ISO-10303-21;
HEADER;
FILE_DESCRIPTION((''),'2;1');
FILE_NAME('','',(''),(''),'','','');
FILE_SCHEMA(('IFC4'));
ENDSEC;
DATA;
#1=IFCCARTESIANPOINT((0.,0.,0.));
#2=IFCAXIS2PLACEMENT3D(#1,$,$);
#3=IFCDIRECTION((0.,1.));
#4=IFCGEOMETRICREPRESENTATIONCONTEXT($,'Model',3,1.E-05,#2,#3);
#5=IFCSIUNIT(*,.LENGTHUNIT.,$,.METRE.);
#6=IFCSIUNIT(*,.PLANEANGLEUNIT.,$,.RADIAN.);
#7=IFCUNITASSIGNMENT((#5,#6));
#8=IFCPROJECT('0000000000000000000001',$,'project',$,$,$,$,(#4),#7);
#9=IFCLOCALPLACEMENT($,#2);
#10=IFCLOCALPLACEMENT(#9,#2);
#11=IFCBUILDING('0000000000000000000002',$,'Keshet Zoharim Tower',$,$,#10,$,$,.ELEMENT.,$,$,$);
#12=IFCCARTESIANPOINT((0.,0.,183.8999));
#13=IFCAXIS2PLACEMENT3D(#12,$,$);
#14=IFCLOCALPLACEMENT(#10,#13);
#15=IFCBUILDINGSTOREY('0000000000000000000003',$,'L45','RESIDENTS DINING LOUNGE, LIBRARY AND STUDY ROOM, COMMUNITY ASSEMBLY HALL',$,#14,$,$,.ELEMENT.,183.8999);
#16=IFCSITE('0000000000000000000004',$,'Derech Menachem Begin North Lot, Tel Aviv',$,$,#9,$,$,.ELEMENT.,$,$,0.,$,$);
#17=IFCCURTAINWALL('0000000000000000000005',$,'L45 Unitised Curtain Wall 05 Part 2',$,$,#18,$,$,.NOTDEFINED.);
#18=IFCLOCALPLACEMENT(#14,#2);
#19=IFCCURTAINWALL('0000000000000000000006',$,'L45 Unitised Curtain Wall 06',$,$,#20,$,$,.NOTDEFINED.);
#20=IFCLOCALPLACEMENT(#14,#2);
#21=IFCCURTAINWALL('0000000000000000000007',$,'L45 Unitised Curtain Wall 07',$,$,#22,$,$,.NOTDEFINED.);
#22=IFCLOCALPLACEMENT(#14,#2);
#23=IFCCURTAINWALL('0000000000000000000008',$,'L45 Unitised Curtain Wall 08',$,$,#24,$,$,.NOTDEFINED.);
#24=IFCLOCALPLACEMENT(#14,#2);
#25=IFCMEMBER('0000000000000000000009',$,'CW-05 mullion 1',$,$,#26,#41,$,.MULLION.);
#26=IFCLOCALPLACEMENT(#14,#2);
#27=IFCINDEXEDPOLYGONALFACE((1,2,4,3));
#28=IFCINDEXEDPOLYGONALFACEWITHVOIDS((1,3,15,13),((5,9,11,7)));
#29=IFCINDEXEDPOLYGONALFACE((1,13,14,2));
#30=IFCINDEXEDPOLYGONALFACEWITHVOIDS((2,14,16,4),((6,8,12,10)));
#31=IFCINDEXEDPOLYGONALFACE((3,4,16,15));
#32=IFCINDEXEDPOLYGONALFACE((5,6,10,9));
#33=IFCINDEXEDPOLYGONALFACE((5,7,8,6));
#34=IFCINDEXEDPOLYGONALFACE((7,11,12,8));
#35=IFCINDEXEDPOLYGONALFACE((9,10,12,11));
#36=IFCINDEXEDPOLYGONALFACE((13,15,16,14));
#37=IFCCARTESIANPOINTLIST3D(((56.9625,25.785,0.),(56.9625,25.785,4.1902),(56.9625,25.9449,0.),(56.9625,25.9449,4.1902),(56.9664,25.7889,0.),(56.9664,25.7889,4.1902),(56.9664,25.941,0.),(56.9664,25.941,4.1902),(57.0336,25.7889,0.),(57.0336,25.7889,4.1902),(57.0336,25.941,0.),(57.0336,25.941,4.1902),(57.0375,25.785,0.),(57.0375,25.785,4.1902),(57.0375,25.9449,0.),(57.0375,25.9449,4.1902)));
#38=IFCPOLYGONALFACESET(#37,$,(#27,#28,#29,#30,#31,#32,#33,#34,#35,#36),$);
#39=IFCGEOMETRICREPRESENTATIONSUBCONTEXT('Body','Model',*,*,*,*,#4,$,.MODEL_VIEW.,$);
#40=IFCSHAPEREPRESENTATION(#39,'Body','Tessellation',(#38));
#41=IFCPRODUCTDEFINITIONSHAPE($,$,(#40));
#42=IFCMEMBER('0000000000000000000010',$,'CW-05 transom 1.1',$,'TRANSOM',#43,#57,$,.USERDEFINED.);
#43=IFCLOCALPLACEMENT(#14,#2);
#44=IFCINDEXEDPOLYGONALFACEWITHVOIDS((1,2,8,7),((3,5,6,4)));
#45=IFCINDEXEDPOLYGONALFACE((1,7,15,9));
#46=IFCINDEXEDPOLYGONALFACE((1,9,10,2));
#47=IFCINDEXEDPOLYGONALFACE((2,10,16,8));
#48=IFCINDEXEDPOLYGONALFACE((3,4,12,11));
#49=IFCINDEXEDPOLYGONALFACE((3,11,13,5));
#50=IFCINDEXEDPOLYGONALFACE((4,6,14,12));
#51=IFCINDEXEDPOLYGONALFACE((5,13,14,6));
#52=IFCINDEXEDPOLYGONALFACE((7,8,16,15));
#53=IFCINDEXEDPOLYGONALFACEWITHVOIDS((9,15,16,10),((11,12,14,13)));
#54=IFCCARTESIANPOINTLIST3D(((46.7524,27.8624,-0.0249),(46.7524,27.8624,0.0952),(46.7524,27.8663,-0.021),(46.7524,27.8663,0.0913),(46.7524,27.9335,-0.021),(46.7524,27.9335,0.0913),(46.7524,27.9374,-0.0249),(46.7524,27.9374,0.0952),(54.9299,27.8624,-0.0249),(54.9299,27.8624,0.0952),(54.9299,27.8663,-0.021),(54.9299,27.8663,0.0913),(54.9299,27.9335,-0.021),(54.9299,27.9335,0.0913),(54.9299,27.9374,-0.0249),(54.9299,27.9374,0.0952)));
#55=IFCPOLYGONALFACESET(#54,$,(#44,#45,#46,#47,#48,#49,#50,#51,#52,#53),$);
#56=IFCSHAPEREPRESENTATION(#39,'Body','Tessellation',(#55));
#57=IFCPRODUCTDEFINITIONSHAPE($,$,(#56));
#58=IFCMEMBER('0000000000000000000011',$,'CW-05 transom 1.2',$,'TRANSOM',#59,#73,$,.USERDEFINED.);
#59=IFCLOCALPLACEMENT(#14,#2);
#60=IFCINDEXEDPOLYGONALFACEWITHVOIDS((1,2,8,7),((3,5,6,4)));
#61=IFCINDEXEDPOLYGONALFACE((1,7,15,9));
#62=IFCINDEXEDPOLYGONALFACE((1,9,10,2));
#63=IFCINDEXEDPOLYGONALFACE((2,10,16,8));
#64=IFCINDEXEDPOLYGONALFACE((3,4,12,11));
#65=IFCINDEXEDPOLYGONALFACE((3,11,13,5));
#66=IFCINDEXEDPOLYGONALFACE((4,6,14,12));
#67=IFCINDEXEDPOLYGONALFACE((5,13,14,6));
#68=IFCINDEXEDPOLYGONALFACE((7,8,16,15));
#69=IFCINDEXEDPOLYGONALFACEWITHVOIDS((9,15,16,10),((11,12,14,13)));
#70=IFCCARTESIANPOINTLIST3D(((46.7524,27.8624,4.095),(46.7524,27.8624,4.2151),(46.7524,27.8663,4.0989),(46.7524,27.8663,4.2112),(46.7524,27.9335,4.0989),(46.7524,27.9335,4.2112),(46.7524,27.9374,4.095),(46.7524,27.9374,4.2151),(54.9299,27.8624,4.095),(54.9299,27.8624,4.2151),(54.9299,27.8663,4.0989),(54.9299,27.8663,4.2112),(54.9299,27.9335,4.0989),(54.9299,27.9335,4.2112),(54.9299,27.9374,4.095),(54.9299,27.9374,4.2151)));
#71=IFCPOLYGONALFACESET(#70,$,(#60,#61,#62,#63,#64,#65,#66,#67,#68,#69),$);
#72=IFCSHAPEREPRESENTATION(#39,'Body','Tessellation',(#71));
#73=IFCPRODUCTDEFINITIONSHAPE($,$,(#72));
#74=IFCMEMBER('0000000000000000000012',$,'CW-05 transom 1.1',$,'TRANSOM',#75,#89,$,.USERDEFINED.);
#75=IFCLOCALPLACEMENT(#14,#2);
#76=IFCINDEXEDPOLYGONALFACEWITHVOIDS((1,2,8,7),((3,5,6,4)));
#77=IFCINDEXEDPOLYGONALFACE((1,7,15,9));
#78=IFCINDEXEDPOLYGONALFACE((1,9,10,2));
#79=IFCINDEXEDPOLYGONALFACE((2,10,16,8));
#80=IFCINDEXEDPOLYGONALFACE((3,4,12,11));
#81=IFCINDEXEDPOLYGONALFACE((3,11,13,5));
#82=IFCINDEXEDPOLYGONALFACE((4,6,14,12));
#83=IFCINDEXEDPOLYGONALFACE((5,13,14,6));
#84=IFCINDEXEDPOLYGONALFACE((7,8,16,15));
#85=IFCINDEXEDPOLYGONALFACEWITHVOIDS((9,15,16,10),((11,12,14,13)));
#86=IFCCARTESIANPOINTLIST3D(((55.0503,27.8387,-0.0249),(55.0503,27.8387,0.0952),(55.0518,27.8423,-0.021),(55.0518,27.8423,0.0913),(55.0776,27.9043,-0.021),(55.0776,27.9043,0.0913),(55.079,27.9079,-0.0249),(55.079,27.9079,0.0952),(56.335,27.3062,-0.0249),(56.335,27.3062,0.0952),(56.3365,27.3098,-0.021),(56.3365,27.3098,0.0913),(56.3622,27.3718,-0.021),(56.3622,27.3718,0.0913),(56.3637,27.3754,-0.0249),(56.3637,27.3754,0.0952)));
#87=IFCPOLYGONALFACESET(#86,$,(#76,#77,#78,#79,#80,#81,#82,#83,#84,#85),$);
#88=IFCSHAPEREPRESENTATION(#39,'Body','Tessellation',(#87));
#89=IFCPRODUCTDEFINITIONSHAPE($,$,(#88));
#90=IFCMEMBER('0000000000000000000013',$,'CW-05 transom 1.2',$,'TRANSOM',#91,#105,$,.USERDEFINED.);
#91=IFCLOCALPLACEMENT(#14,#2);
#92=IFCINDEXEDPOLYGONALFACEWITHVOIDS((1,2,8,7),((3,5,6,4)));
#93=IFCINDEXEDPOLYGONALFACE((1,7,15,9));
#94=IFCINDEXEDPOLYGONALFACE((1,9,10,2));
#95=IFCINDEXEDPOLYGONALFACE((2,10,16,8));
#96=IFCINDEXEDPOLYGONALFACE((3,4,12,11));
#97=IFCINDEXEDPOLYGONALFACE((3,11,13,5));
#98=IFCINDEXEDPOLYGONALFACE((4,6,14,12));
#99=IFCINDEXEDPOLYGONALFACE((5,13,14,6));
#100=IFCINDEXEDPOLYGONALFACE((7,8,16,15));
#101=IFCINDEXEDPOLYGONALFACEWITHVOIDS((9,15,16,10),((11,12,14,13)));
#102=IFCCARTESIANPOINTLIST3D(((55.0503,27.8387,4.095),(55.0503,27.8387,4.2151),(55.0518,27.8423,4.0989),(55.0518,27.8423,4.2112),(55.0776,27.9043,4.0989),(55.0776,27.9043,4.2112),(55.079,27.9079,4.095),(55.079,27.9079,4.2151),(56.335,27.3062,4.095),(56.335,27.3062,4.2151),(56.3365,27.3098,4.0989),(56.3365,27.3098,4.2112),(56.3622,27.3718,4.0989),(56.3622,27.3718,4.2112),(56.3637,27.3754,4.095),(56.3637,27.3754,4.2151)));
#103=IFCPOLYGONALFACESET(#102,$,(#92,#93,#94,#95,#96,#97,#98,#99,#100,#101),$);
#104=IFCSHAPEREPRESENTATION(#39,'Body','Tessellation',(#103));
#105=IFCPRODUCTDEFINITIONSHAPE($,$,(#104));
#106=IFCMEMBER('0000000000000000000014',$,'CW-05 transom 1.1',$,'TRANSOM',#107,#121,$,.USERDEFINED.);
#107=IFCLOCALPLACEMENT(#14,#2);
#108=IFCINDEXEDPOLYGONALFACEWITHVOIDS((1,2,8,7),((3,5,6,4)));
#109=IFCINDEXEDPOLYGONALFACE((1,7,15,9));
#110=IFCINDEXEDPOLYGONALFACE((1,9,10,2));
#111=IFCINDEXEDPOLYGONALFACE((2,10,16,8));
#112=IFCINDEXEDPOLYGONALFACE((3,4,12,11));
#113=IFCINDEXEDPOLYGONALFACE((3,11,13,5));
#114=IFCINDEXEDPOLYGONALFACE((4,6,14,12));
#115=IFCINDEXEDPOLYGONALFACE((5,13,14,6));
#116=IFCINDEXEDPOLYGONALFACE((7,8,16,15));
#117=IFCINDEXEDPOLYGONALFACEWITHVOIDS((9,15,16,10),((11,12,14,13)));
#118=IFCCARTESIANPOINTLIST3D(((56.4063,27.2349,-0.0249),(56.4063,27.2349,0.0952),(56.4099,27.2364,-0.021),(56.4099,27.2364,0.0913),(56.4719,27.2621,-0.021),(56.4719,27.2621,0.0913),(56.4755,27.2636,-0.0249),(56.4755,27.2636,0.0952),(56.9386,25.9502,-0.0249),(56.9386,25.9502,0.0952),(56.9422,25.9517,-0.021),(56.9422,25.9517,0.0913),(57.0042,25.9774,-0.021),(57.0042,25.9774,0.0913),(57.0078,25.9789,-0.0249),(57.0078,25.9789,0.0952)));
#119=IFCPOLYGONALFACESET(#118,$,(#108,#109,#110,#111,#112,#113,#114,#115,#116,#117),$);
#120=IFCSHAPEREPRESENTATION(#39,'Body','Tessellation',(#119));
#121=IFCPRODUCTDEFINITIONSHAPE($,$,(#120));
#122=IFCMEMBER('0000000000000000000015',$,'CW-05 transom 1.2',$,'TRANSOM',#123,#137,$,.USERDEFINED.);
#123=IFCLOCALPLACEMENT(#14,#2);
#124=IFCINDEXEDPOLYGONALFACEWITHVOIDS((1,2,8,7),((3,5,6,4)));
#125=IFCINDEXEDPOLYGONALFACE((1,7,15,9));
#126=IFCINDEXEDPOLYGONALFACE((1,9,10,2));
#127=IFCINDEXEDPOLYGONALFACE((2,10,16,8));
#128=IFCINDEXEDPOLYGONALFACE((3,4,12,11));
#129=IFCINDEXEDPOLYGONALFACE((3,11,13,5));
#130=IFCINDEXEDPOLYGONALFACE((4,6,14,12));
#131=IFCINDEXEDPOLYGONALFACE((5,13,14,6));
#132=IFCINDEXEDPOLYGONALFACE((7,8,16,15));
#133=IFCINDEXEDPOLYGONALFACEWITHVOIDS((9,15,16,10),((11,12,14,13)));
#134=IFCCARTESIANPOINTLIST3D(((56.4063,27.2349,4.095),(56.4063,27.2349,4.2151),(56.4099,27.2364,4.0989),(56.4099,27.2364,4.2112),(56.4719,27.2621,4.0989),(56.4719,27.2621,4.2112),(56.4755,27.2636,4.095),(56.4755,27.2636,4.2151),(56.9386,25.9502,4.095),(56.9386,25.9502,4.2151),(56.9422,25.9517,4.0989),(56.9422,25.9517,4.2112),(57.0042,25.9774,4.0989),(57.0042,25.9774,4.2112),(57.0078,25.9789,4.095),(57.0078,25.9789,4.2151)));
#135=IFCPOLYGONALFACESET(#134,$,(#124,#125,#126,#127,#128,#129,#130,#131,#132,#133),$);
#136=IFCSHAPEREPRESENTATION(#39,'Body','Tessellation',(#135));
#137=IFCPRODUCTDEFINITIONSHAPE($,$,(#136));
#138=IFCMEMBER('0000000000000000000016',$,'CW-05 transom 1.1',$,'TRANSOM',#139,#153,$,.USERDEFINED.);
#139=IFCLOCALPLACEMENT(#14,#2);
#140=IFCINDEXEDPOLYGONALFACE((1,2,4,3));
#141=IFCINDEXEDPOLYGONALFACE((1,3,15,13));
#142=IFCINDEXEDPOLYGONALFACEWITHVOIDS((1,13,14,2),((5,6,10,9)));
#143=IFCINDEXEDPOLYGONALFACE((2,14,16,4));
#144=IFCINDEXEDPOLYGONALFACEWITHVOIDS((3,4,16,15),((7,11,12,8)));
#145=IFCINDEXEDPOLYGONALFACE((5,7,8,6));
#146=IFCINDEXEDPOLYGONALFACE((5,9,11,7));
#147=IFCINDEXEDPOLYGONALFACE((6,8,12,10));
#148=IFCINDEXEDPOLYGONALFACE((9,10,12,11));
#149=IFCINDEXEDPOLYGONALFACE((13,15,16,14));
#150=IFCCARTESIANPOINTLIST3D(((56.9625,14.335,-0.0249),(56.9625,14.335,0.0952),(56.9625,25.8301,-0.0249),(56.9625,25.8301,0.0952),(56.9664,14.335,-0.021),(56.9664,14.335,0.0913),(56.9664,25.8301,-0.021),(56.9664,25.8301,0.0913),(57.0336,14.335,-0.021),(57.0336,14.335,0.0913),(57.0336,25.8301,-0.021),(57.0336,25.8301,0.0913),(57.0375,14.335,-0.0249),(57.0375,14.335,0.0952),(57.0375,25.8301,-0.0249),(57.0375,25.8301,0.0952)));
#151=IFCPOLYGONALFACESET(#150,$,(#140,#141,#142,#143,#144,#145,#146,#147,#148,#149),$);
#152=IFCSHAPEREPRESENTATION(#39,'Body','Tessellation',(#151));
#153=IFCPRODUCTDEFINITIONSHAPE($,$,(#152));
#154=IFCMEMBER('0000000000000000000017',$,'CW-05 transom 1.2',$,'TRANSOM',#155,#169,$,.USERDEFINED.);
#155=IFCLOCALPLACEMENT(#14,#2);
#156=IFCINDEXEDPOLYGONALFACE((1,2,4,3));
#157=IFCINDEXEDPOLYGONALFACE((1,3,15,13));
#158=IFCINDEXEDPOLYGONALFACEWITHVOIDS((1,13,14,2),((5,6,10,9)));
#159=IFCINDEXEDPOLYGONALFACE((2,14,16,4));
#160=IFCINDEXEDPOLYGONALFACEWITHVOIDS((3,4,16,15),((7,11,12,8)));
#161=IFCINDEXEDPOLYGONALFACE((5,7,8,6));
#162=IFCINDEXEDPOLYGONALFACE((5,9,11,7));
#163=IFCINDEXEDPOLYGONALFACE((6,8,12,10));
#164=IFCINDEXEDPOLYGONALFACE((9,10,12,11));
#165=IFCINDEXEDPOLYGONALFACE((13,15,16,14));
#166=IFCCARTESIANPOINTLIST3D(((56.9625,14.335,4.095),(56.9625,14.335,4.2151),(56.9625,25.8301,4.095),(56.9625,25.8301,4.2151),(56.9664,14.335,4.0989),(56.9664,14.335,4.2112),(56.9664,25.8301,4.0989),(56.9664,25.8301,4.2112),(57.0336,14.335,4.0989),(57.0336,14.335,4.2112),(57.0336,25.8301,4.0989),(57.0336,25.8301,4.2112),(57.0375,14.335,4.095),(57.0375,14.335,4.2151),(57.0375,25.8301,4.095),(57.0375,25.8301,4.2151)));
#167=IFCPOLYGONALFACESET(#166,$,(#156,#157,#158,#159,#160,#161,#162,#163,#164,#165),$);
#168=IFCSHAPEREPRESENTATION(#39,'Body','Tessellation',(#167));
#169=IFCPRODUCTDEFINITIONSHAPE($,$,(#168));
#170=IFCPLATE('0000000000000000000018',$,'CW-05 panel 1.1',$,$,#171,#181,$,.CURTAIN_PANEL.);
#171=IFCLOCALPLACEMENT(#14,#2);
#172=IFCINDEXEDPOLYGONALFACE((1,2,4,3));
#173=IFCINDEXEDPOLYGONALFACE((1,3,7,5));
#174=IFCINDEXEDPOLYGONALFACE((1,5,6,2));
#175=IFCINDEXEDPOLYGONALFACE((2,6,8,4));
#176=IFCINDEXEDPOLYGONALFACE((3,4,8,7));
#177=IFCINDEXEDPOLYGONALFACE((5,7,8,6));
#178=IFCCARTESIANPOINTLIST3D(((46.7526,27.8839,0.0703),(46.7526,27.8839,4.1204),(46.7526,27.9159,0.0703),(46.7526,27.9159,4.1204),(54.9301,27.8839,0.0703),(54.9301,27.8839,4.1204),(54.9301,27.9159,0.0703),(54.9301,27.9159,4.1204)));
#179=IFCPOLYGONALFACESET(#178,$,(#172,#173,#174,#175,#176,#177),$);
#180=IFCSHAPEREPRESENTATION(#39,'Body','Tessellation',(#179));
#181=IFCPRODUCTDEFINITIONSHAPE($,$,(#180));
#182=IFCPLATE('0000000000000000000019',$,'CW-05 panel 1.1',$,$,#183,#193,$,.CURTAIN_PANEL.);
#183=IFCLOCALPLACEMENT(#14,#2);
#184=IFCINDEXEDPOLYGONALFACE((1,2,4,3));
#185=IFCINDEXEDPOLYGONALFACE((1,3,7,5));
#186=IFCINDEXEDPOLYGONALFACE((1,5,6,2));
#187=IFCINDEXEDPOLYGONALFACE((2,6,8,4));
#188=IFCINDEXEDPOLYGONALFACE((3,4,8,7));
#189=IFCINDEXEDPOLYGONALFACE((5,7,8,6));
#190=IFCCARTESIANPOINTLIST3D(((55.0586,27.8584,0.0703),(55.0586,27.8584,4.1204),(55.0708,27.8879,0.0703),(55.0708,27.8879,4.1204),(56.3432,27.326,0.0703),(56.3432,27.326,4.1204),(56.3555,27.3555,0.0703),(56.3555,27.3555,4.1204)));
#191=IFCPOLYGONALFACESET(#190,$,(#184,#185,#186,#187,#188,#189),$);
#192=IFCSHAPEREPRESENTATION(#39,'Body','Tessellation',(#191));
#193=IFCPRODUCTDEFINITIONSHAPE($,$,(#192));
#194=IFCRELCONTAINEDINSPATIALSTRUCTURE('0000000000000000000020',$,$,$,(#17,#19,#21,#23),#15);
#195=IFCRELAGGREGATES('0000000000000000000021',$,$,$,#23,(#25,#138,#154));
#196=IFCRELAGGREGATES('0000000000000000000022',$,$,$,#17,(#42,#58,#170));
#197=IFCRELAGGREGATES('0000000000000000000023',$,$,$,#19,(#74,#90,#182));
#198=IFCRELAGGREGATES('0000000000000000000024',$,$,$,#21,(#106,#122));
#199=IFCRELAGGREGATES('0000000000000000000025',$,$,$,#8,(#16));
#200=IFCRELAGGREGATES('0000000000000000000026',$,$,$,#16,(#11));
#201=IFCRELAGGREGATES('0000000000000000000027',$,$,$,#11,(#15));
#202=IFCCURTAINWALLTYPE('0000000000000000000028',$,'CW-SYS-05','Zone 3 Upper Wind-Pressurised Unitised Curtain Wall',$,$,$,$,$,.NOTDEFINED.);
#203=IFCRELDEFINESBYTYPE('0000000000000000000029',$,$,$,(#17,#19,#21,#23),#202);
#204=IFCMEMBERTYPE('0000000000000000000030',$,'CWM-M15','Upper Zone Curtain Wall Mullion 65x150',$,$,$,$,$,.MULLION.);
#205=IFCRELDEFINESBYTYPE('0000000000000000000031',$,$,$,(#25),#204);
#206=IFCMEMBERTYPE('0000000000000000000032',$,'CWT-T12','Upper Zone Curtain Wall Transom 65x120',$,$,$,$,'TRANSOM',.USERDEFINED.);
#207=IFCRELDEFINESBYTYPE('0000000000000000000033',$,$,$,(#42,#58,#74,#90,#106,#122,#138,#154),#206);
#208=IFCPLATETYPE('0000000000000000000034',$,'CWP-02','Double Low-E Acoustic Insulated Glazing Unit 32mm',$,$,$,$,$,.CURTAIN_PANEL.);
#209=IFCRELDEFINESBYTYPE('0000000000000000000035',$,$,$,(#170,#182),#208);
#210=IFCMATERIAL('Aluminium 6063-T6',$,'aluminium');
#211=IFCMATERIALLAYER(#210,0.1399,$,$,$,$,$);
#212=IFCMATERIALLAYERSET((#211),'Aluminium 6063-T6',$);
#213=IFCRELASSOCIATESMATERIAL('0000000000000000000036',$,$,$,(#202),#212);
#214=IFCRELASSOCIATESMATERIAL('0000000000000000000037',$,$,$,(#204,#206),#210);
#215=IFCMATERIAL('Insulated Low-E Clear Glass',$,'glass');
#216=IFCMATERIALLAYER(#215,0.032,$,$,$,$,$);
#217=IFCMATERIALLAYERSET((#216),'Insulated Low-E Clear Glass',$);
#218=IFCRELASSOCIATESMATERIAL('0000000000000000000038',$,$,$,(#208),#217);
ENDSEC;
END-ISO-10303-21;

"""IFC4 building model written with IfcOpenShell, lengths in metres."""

from ifc_helpers import new_model, si_unit, direction, frame, origin, origin_2d, place, context, subcontext, project, spatial, rectangle, hollow_rectangle, extrude, material, layer, layer_set, material_profile, profile_set, type_object, element, aggregate, save


model = new_model("IFC4")

# Units and contexts
model_context = context("Model", 3, precision=1e-05, world=origin(), true_north=direction((0.0, 1.0)))
body_context = subcontext(model_context, "Body", "Model", "MODEL_VIEW")
ifc_project = project(units=[si_unit("LENGTHUNIT", "METRE"), si_unit("PLANEANGLEUNIT", "RADIAN")], contexts=[model_context])

# Site, building, storey
site_placement = place(None, origin())
site = spatial("IfcSite", under=ifc_project, at=site_placement, Name="Derech Menachem Begin North Lot, Tel Aviv", CompositionType="ELEMENT", RefElevation=0.0)
building_placement = place(site_placement, origin())
building = spatial("IfcBuilding", under=site, at=building_placement, Name="Keshet Zoharim Tower", CompositionType="ELEMENT")
storey_placement = place(building_placement, frame((0.0, 0.0, 183.8999)))
storey = spatial("IfcBuildingStorey", under=building, at=storey_placement, Name="L45", Description="RESIDENTS DINING LOUNGE, LIBRARY AND STUDY ROOM, COMMUNITY ASSEMBLY HALL", CompositionType="ELEMENT", Elevation=183.8999)

# Curtain wall
ifc_material_1 = material(Name="Aluminium 6063-T6", Category="aluminium")
ifc_layer_1 = layer(ifc_material_1, 0.1399)
ifc_layer_set_1 = layer_set([ifc_layer_1], Name="Aluminium 6063-T6")
curtain_wall_type = type_object("IfcCurtainWallType", Name="CW-SYS-05", Description="Zone 3 Upper Wind-Pressurised Unitised Curtain Wall", PredefinedType="NOTDEFINED", material=ifc_layer_set_1)
ifc_material_profile_1 = material_profile(ifc_material_1, hollow_rectangle(XDim=0.075, YDim=0.1599, WallThickness=0.0039, at=origin_2d()), Name="MUL-75x160")
ifc_profile_set_1 = profile_set([ifc_material_profile_1], Name="Aluminium 6063-T6")
member_type_1 = type_object("IfcMemberType", Name="CWM-M15", Description="Upper Zone Curtain Wall Mullion 65x150", PredefinedType="MULLION", material=ifc_profile_set_1)
curtain_wall_1_placement = place(storey_placement, origin())
curtain_wall_1 = element("IfcCurtainWall", 1, at=curtain_wall_1_placement, inside=storey, type_object=curtain_wall_type, Name="L45 Unitised Curtain Wall 05 Part 2", PredefinedType="NOTDEFINED")

# Curtain walls
curtain_wall_2_placement = place(storey_placement, origin())
curtain_wall_2 = element("IfcCurtainWall", 2, at=curtain_wall_2_placement, inside=storey, type_object=curtain_wall_type, Name="L45 Unitised Curtain Wall 06", PredefinedType="NOTDEFINED")
curtain_wall_3_placement = place(storey_placement, origin())
curtain_wall_3 = element("IfcCurtainWall", 3, at=curtain_wall_3_placement, inside=storey, type_object=curtain_wall_type, Name="L45 Unitised Curtain Wall 07", PredefinedType="NOTDEFINED")

# Curtain wall, member
curtain_wall_4_placement = place(storey_placement, origin())
curtain_wall_4 = element("IfcCurtainWall", 4, at=curtain_wall_4_placement, inside=storey, type_object=curtain_wall_type, Name="L45 Unitised Curtain Wall 08", PredefinedType="NOTDEFINED")
member_1_placement = place(storey_placement, frame((57.0, 25.865, 0.0), z_axis=(0.0, 0.0, 1.0), x_axis=(1.0, 0.0, 0.0)))
member_1 = element("IfcMember", 5, at=member_1_placement, type_object=member_type_1, Name="CW-05 mullion 1", PredefinedType="MULLION", context=body_context, shape_type="SweptSolid", body=[
    extrude(hollow_rectangle(XDim=0.075, YDim=0.1599, WallThickness=0.0039, at=origin_2d()), origin(), (0.0, 0.0, 1.0), 4.1902),
])

# Members
ifc_material_profile_2 = material_profile(ifc_material_1, hollow_rectangle(XDim=0.075, YDim=0.1201, WallThickness=0.0039, at=origin_2d()), Name="TRN-75x120")
ifc_profile_set_2 = profile_set([ifc_material_profile_2], Name="Aluminium 6063-T6")
member_type_2 = type_object("IfcMemberType", Name="CWT-T12", Description="Upper Zone Curtain Wall Transom 65x120", ElementType="TRANSOM", PredefinedType="USERDEFINED", material=ifc_profile_set_2)
member_2_placement = place(storey_placement, frame((46.7524, 27.8999, 0.0352), z_axis=(1.0, 0.0, 0.0), x_axis=(0.0, 1.0, 0.0)))
member_2 = element("IfcMember", 6, at=member_2_placement, type_object=member_type_2, Name="CW-05 transom 1.1", ObjectType="TRANSOM", PredefinedType="USERDEFINED", context=body_context, shape_type="SweptSolid", body=[
    extrude(hollow_rectangle(XDim=0.075, YDim=0.1201, WallThickness=0.0039, at=origin_2d()), origin(), (0.0, 0.0, 1.0), 8.1775),
])
member_3_placement = place(storey_placement, frame((46.7524, 27.8999, 4.155), z_axis=(1.0, 0.0, 0.0), x_axis=(0.0, 1.0, 0.0)))
member_3 = element("IfcMember", 7, at=member_3_placement, type_object=member_type_2, Name="CW-05 transom 1.2", ObjectType="TRANSOM", PredefinedType="USERDEFINED", context=body_context, shape_type="SweptSolid", body=[
    extrude(hollow_rectangle(XDim=0.075, YDim=0.1201, WallThickness=0.0039, at=origin_2d()), origin(), (0.0, 0.0, 1.0), 8.1775),
])
member_4_placement = place(storey_placement, frame((55.0647, 27.8733, 0.0352), z_axis=(0.923792, -0.382894, 0.0), x_axis=(0.382894, 0.923792, 0.0)))
member_4 = element("IfcMember", 8, at=member_4_placement, type_object=member_type_2, Name="CW-05 transom 1.1", ObjectType="TRANSOM", PredefinedType="USERDEFINED", context=body_context, shape_type="SweptSolid", body=[
    extrude(hollow_rectangle(XDim=0.075, YDim=0.1201, WallThickness=0.0039, at=origin_2d()), origin(), (0.0, 0.0, 1.0), 1.3906),
])
member_5_placement = place(storey_placement, frame((55.0647, 27.8733, 4.155), z_axis=(0.923792, -0.382894, 0.0), x_axis=(0.382894, 0.923792, 0.0)))
member_5 = element("IfcMember", 9, at=member_5_placement, type_object=member_type_2, Name="CW-05 transom 1.2", ObjectType="TRANSOM", PredefinedType="USERDEFINED", context=body_context, shape_type="SweptSolid", body=[
    extrude(hollow_rectangle(XDim=0.075, YDim=0.1201, WallThickness=0.0039, at=origin_2d()), origin(), (0.0, 0.0, 1.0), 1.3906),
])
member_6_placement = place(storey_placement, frame((56.4409, 27.2493, 0.0352), z_axis=(0.382745, -0.923854, 0.0), x_axis=(0.923854, 0.382745, 0.0)))
member_6 = element("IfcMember", 10, at=member_6_placement, type_object=member_type_2, Name="CW-05 transom 1.1", ObjectType="TRANSOM", PredefinedType="USERDEFINED", context=body_context, shape_type="SweptSolid", body=[
    extrude(hollow_rectangle(XDim=0.075, YDim=0.1201, WallThickness=0.0039, at=origin_2d()), origin(), (0.0, 0.0, 1.0), 1.3906),
])
member_7_placement = place(storey_placement, frame((56.4409, 27.2493, 4.155), z_axis=(0.382745, -0.923854, 0.0), x_axis=(0.923854, 0.382745, 0.0)))
member_7 = element("IfcMember", 11, at=member_7_placement, type_object=member_type_2, Name="CW-05 transom 1.2", ObjectType="TRANSOM", PredefinedType="USERDEFINED", context=body_context, shape_type="SweptSolid", body=[
    extrude(hollow_rectangle(XDim=0.075, YDim=0.1201, WallThickness=0.0039, at=origin_2d()), origin(), (0.0, 0.0, 1.0), 1.3906),
])
member_8_placement = place(storey_placement, frame((57.0, 25.8301, 0.0352), z_axis=(0.0, -1.0, 0.0), x_axis=(1.0, 0.0, 0.0)))
member_8 = element("IfcMember", 12, at=member_8_placement, type_object=member_type_2, Name="CW-05 transom 1.1", ObjectType="TRANSOM", PredefinedType="USERDEFINED", context=body_context, shape_type="SweptSolid", body=[
    extrude(hollow_rectangle(XDim=0.075, YDim=0.1201, WallThickness=0.0039, at=origin_2d()), origin(), (0.0, 0.0, 1.0), 11.4951),
])
member_9_placement = place(storey_placement, frame((57.0, 25.8301, 4.155), z_axis=(0.0, -1.0, 0.0), x_axis=(1.0, 0.0, 0.0)))
member_9 = element("IfcMember", 13, at=member_9_placement, type_object=member_type_2, Name="CW-05 transom 1.2", ObjectType="TRANSOM", PredefinedType="USERDEFINED", context=body_context, shape_type="SweptSolid", body=[
    extrude(hollow_rectangle(XDim=0.075, YDim=0.1201, WallThickness=0.0039, at=origin_2d()), origin(), (0.0, 0.0, 1.0), 11.4951),
])
aggregate(curtain_wall_4, [member_1, member_8, member_9])

# Plates
ifc_material_2 = material(Name="Insulated Low-E Clear Glass", Category="glass")
ifc_layer_2 = layer(ifc_material_2, 0.032)
ifc_layer_set_2 = layer_set([ifc_layer_2], Name="Insulated Low-E Clear Glass")
plate_type_1 = type_object("IfcPlateType", Name="CWP-02", Description="Double Low-E Acoustic Insulated Glazing Unit 32mm", PredefinedType="CURTAIN_PANEL", material=ifc_layer_set_2)
plate_1_placement = place(storey_placement, frame((50.8413, 27.8999, 0.0703), z_axis=(0.0, 0.0, 1.0), x_axis=(1.0, 0.0, 0.0)))
plate_1 = element("IfcPlate", 14, at=plate_1_placement, type_object=plate_type_1, Name="CW-05 panel 1.1", PredefinedType="CURTAIN_PANEL", context=body_context, shape_type="SweptSolid", body=[
    extrude(rectangle(XDim=8.1775, YDim=0.032, at=origin_2d()), origin(), (0.0, 0.0, 1.0), 4.05),
])
aggregate(curtain_wall_1, [member_2, member_3, plate_1])
plate_2_placement = place(storey_placement, frame((55.707, 27.6069, 0.0703), z_axis=(0.0, 0.0, 1.0), x_axis=(0.92381, -0.382852, 0.0)))
plate_2 = element("IfcPlate", 15, at=plate_2_placement, type_object=plate_type_1, Name="CW-05 panel 1.1", PredefinedType="CURTAIN_PANEL", context=body_context, shape_type="SweptSolid", body=[
    extrude(rectangle(XDim=1.3906, YDim=0.032, at=origin_2d()), origin(), (0.0, 0.0, 1.0), 4.05),
])
aggregate(curtain_wall_2, [member_4, member_5, plate_2])
aggregate(curtain_wall_3, [member_6, member_7])

save(model, "model.ifc")
